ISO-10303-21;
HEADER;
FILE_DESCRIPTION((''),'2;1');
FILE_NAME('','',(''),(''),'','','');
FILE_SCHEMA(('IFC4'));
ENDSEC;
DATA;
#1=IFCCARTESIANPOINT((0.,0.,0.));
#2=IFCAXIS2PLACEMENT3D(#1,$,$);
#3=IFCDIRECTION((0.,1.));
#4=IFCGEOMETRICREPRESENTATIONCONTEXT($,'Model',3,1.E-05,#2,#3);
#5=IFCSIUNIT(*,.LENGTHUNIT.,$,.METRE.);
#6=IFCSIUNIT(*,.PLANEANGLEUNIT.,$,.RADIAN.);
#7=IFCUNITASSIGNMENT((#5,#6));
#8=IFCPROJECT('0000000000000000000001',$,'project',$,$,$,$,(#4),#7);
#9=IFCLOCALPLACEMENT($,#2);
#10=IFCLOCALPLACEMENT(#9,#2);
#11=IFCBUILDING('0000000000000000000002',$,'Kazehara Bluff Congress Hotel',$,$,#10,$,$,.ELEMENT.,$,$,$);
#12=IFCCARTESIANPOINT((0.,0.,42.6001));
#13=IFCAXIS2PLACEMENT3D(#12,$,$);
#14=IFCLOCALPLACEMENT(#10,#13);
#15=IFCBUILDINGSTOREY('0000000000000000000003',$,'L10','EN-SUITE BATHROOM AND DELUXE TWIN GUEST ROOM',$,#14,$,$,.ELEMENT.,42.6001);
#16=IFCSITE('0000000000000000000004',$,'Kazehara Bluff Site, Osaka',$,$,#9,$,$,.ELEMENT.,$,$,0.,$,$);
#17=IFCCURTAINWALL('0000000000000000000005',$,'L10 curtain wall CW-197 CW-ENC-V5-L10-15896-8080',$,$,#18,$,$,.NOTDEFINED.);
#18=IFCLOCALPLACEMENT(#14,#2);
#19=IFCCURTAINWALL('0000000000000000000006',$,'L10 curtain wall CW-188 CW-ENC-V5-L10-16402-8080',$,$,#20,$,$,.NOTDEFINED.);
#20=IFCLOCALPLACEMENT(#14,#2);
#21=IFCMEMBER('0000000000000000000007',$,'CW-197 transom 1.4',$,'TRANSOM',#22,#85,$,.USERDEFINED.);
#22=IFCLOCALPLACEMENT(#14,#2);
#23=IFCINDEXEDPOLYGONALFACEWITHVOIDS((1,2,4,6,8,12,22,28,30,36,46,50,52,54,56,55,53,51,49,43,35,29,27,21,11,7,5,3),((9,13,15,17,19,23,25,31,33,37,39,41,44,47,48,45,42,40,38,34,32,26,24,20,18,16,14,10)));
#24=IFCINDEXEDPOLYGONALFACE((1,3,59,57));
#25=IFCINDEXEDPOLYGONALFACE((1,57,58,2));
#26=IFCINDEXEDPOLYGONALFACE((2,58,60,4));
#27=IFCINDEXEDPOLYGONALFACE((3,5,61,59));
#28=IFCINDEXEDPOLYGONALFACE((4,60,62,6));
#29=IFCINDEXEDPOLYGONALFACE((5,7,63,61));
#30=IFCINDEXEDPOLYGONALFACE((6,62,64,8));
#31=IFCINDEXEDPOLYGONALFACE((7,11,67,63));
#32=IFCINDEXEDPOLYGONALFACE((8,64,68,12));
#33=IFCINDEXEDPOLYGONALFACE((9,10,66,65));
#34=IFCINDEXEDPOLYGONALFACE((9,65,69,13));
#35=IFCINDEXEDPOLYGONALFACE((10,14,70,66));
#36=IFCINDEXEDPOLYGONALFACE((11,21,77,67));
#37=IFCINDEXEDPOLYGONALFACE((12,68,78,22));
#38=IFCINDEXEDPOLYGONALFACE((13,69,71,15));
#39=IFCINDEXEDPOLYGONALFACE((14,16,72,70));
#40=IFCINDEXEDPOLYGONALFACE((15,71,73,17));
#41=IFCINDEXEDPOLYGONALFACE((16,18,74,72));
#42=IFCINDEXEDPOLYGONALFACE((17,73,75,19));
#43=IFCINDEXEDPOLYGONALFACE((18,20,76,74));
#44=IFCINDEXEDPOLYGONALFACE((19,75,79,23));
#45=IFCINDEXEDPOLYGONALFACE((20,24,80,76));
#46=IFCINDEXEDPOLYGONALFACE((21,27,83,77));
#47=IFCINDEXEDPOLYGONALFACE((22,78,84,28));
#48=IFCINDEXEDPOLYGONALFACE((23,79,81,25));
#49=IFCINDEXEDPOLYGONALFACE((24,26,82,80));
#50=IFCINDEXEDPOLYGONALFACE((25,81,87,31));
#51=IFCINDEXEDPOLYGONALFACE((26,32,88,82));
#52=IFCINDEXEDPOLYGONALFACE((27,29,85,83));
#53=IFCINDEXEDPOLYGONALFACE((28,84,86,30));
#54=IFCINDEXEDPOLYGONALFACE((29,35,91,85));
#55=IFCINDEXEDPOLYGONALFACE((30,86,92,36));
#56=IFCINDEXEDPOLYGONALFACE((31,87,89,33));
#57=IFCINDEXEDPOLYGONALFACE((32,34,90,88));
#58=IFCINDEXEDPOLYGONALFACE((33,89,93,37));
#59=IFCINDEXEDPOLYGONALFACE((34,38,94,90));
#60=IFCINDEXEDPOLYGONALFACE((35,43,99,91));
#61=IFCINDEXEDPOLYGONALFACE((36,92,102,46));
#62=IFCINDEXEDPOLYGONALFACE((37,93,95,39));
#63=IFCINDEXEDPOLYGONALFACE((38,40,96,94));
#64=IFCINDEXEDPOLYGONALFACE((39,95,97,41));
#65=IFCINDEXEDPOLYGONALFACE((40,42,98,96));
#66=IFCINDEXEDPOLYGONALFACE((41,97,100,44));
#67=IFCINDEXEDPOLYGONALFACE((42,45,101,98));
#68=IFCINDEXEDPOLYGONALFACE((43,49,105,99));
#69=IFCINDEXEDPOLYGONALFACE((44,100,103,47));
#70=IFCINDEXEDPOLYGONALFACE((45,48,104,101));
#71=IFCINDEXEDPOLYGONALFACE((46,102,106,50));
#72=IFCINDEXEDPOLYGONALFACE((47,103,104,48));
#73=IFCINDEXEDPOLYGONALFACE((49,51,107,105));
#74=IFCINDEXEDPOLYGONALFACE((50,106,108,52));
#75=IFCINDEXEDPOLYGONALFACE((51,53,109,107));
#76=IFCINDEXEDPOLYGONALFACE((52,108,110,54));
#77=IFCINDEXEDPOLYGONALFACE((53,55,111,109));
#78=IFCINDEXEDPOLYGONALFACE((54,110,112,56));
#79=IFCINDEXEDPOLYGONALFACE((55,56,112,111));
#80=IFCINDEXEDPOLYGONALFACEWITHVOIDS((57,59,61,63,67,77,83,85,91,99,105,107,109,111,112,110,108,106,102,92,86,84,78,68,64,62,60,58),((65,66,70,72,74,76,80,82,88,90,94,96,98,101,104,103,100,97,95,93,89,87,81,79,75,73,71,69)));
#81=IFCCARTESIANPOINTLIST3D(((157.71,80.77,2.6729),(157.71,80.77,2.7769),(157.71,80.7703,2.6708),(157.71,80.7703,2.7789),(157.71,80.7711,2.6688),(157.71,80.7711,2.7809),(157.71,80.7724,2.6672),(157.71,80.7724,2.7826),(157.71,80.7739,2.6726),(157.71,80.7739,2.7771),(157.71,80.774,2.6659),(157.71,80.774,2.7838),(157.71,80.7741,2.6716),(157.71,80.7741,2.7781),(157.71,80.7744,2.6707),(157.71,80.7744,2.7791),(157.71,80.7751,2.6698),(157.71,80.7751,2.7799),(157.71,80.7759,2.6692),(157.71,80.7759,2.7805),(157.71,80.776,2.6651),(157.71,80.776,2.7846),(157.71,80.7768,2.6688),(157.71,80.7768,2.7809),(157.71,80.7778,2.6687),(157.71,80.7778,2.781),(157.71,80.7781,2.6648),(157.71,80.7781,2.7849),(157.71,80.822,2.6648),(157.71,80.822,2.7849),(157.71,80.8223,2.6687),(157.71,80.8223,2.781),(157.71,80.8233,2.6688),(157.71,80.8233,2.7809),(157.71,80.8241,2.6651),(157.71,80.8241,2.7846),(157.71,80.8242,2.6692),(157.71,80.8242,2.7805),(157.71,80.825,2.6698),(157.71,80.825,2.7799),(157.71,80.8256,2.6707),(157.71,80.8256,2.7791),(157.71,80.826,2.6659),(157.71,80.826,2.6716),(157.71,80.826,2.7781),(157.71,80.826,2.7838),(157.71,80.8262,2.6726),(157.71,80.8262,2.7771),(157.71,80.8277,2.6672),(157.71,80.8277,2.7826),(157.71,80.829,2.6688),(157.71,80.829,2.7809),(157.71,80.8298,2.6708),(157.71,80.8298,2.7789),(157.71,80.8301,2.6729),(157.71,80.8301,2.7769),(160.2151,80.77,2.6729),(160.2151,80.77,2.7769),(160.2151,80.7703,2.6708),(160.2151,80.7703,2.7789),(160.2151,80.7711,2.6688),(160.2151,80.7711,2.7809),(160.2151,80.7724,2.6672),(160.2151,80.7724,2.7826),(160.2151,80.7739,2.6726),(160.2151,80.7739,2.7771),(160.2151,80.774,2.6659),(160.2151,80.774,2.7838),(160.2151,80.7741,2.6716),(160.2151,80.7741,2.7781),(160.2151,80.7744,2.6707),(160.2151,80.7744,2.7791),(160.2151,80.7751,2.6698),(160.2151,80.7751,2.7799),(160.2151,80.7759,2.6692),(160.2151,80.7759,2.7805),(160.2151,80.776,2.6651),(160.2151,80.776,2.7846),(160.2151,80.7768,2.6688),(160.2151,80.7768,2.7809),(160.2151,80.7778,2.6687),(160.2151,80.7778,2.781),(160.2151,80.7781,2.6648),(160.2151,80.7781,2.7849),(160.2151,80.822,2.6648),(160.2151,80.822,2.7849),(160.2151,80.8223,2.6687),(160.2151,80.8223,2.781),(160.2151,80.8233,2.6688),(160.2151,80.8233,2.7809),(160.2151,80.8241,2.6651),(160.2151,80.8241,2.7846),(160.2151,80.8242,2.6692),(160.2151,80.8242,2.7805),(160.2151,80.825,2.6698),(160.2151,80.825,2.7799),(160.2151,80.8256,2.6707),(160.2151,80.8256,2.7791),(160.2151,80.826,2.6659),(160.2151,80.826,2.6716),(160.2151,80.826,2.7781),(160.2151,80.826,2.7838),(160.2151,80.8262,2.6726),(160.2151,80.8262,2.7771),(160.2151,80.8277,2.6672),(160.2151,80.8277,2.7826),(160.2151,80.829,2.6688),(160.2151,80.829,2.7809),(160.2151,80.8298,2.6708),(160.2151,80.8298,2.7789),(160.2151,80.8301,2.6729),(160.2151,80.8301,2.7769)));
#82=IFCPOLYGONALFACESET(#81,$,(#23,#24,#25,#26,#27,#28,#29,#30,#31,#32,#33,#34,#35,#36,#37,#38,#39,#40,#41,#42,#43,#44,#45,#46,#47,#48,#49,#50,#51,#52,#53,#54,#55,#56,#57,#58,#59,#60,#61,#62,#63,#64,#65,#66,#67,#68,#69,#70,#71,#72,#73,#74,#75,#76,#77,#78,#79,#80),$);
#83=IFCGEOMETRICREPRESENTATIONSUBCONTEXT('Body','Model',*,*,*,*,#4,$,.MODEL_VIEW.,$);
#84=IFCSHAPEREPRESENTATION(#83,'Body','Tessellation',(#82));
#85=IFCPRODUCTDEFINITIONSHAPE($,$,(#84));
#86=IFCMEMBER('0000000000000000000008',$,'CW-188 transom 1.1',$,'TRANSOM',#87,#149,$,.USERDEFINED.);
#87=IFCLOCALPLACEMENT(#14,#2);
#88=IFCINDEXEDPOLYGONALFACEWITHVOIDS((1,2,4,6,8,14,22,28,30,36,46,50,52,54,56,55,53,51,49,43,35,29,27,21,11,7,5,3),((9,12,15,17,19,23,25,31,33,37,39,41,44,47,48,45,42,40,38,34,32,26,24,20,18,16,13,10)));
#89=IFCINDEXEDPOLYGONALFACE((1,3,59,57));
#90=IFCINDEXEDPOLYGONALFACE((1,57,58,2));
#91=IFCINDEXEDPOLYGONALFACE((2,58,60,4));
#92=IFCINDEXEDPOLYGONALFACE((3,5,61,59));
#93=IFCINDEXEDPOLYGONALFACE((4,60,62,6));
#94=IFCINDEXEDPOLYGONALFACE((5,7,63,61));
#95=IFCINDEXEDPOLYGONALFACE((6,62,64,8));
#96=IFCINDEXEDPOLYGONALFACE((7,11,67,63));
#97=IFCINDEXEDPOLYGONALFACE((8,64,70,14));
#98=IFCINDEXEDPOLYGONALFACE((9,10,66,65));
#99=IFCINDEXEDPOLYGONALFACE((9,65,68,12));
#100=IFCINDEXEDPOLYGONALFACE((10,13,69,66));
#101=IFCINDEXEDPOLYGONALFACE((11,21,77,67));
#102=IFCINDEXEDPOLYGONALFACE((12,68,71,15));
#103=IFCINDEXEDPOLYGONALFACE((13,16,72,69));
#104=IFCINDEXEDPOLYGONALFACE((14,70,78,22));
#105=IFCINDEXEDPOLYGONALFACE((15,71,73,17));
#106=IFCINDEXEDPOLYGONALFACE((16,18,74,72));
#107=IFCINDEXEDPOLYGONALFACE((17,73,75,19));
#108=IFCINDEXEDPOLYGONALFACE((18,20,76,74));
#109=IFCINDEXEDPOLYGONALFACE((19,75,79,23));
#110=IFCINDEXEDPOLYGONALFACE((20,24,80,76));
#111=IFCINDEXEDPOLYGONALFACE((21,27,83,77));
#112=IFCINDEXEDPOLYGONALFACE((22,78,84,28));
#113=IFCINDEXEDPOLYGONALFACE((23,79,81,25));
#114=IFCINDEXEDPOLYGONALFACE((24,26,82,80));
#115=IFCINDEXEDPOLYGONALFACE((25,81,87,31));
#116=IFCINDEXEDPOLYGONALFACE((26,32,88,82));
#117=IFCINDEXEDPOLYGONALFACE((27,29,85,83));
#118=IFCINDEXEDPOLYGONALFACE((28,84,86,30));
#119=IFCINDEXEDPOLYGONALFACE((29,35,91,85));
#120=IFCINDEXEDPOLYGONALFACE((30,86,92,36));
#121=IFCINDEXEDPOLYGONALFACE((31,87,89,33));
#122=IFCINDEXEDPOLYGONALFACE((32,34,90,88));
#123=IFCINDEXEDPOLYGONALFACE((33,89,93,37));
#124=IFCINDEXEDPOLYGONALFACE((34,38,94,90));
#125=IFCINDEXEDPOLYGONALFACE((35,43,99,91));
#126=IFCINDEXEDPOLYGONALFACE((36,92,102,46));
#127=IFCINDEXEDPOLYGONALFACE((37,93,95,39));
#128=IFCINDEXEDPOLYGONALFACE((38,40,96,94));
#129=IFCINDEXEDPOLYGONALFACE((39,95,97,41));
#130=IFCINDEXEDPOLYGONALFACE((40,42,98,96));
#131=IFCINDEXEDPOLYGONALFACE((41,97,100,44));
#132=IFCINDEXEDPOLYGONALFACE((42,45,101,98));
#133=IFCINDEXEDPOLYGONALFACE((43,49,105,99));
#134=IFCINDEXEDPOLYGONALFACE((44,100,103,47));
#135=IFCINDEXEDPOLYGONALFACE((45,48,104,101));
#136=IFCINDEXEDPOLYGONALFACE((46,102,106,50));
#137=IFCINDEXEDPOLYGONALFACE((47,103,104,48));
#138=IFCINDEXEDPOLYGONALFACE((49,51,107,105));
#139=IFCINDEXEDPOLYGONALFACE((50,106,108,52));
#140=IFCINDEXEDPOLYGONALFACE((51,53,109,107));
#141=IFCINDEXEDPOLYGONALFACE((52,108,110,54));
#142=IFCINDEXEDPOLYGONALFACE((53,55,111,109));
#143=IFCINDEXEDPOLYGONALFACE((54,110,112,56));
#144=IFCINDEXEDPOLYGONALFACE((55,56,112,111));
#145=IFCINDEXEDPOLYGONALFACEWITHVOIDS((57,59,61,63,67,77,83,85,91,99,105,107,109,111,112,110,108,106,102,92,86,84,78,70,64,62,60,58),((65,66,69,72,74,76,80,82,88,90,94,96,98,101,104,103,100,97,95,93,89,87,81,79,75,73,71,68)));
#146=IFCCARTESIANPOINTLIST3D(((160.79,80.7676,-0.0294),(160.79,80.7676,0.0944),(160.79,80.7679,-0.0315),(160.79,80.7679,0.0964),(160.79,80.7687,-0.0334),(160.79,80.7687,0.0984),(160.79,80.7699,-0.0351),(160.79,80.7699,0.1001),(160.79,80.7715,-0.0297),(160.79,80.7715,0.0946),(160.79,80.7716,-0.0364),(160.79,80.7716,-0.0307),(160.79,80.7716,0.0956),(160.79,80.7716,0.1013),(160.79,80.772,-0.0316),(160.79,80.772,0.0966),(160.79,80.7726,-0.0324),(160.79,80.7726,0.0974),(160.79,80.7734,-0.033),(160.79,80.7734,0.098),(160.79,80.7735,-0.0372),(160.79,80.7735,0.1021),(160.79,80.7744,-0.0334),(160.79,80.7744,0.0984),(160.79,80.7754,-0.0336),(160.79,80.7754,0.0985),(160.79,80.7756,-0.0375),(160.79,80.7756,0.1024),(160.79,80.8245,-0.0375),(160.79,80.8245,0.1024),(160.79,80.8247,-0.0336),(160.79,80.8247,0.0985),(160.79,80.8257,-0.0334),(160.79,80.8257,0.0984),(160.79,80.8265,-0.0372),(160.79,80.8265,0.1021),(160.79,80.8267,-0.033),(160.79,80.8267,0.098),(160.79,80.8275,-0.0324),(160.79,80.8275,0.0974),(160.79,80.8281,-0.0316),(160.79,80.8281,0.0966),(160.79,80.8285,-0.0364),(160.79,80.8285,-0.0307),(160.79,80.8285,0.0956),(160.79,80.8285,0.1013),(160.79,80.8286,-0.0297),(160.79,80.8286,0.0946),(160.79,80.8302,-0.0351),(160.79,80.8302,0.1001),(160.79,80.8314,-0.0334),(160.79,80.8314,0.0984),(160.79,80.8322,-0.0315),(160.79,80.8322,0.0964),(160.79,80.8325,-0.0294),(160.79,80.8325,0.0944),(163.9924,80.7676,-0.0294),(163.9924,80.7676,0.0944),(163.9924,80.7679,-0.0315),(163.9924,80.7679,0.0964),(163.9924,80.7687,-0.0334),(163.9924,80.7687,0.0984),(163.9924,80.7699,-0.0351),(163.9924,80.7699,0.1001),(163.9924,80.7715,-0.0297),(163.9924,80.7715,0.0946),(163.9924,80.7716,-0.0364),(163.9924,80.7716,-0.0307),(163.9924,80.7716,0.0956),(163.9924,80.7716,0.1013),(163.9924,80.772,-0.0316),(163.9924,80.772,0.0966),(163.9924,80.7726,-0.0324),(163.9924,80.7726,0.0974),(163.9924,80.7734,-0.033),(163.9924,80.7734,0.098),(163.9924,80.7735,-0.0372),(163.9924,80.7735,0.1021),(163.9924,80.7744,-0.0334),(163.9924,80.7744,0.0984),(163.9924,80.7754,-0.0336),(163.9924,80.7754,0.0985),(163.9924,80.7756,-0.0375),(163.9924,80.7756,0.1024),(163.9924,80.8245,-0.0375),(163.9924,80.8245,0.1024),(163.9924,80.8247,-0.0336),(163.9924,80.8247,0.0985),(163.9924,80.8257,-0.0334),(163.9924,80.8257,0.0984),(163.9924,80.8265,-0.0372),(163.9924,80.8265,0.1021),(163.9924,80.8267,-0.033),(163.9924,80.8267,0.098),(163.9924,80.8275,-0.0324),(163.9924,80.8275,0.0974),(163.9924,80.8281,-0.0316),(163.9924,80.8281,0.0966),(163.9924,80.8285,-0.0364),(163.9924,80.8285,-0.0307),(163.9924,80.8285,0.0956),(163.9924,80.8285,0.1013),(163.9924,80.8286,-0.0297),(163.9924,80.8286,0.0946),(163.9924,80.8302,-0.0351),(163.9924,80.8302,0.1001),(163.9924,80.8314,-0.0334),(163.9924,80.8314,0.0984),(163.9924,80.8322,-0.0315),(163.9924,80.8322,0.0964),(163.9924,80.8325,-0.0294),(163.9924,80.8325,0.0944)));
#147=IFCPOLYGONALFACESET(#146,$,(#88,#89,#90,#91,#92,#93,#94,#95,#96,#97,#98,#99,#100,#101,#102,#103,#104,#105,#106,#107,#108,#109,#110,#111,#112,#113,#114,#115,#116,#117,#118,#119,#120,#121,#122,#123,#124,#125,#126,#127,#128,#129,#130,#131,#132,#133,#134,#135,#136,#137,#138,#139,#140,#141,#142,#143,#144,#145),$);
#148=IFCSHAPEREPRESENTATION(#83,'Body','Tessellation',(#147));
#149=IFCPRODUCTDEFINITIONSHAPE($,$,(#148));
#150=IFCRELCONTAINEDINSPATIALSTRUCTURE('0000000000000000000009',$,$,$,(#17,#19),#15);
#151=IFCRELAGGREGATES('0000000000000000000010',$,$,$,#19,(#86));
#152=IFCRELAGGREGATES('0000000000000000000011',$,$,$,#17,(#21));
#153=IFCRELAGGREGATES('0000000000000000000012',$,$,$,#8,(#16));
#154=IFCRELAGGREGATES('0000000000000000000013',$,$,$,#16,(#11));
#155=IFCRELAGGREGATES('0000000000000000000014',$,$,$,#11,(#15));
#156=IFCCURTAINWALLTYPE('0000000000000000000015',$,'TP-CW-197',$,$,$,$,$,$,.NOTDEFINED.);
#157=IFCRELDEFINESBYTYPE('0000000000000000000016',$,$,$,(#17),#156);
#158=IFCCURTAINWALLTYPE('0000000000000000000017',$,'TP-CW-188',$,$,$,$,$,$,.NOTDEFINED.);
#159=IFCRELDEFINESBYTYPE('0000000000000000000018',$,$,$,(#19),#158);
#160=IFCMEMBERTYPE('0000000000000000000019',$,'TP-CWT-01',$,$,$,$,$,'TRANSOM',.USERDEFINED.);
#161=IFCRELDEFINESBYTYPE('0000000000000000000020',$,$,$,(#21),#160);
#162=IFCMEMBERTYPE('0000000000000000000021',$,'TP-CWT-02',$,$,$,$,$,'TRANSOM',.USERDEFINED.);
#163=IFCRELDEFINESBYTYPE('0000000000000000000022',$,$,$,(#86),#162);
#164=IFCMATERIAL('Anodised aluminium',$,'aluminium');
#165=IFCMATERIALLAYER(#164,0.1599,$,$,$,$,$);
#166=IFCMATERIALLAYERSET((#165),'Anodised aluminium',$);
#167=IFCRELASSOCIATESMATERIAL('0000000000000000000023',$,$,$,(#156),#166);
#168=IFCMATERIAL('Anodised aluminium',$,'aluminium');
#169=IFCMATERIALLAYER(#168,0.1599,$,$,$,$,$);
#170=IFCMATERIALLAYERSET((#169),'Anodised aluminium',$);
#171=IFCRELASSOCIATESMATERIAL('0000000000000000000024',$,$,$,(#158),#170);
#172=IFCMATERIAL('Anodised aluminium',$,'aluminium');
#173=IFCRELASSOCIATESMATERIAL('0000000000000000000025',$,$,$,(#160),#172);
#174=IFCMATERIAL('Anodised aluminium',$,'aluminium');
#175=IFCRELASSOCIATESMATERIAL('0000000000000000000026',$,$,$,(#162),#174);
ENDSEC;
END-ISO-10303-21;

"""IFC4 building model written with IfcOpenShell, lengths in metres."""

from ifc_helpers import new_model, si_unit, direction, frame, origin, origin_2d, place, context, subcontext, project, spatial, hollow_rectangle, extrude, material, layer, layer_set, material_profile, profile_set, type_object, element, aggregate, save


model = new_model("IFC4")

# Units and contexts
model_context = context("Model", 3, precision=1e-05, world=origin(), true_north=direction((0.0, 1.0)))
body_context = subcontext(model_context, "Body", "Model", "MODEL_VIEW")
ifc_project = project(units=[si_unit("LENGTHUNIT", "METRE"), si_unit("PLANEANGLEUNIT", "RADIAN")], contexts=[model_context])

# Site, building, storey
site_placement = place(None, origin())
site = spatial("IfcSite", under=ifc_project, at=site_placement, Name="Kazehara Bluff Site, Osaka", CompositionType="ELEMENT", RefElevation=0.0)
building_placement = place(site_placement, origin())
building = spatial("IfcBuilding", under=site, at=building_placement, Name="Kazehara Bluff Congress Hotel", CompositionType="ELEMENT")
storey_placement = place(building_placement, frame((0.0, 0.0, 42.6001)))
storey = spatial("IfcBuildingStorey", under=building, at=storey_placement, Name="L10", Description="EN-SUITE BATHROOM AND DELUXE TWIN GUEST ROOM", CompositionType="ELEMENT", Elevation=42.6001)

# Curtain wall
ifc_material_1 = material(Name="Anodised aluminium", Category="aluminium")
ifc_layer_1 = layer(ifc_material_1, 0.1599)
ifc_layer_set_1 = layer_set([ifc_layer_1], Name="Anodised aluminium")
curtain_wall_type_1 = type_object("IfcCurtainWallType", Name="TP-CW-197", PredefinedType="NOTDEFINED", material=ifc_layer_set_1)
curtain_wall_1_placement = place(storey_placement, origin())
curtain_wall_1 = element("IfcCurtainWall", 1, at=curtain_wall_1_placement, inside=storey, type_object=curtain_wall_type_1, Name="L10 curtain wall CW-197 CW-ENC-V5-L10-15896-8080", PredefinedType="NOTDEFINED")

# Curtain wall
ifc_material_2 = material(Name="Anodised aluminium", Category="aluminium")
ifc_layer_2 = layer(ifc_material_2, 0.1599)
ifc_layer_set_2 = layer_set([ifc_layer_2], Name="Anodised aluminium")
curtain_wall_type_2 = type_object("IfcCurtainWallType", Name="TP-CW-188", PredefinedType="NOTDEFINED", material=ifc_layer_set_2)
curtain_wall_2_placement = place(storey_placement, origin())
curtain_wall_2 = element("IfcCurtainWall", 2, at=curtain_wall_2_placement, inside=storey, type_object=curtain_wall_type_2, Name="L10 curtain wall CW-188 CW-ENC-V5-L10-16402-8080", PredefinedType="NOTDEFINED")

# Members
ifc_material_3 = material(Name="Anodised aluminium", Category="aluminium")
ifc_material_profile_1 = material_profile(ifc_material_3, hollow_rectangle(XDim=0.0601, YDim=0.1201, WallThickness=0.0039, InnerFilletRadius=0.0039, OuterFilletRadius=0.0081, at=origin_2d()))
ifc_profile_set_1 = profile_set([ifc_material_profile_1], Name="Anodised aluminium")
member_type_1 = type_object("IfcMemberType", Name="TP-CWT-01", ElementType="TRANSOM", PredefinedType="USERDEFINED", material=ifc_profile_set_1)
member_1_placement = place(storey_placement, frame((157.71, 80.8, 2.7249), z_axis=(1.0, 0.0, 0.0), x_axis=(0.0, 1.0, 0.0)))
member_1 = element("IfcMember", 3, at=member_1_placement, type_object=member_type_1, Name="CW-197 transom 1.4", ObjectType="TRANSOM", PredefinedType="USERDEFINED", context=body_context, shape_type="SweptSolid", body=[
    extrude(hollow_rectangle(XDim=0.0601, YDim=0.1201, WallThickness=0.0039, InnerFilletRadius=0.0039, OuterFilletRadius=0.0081, at=origin_2d()), origin(), (0.0, 0.0, 1.0), 2.5051),
])
ifc_material_4 = material(Name="Anodised aluminium", Category="aluminium")
ifc_material_profile_2 = material_profile(ifc_material_4, hollow_rectangle(XDim=0.0649, YDim=0.1399, WallThickness=0.0039, InnerFilletRadius=0.0039, OuterFilletRadius=0.0081, at=origin_2d()))
ifc_profile_set_2 = profile_set([ifc_material_profile_2], Name="Anodised aluminium")
member_type_2 = type_object("IfcMemberType", Name="TP-CWT-02", ElementType="TRANSOM", PredefinedType="USERDEFINED", material=ifc_profile_set_2)
member_2_placement = place(storey_placement, frame((160.79, 80.8, 0.0325), z_axis=(1.0, 0.0, 0.0), x_axis=(0.0, 1.0, 0.0)))
member_2 = element("IfcMember", 4, at=member_2_placement, type_object=member_type_2, Name="CW-188 transom 1.1", ObjectType="TRANSOM", PredefinedType="USERDEFINED", context=body_context, shape_type="SweptSolid", body=[
    extrude(hollow_rectangle(XDim=0.0649, YDim=0.1399, WallThickness=0.0039, InnerFilletRadius=0.0039, OuterFilletRadius=0.0081, at=origin_2d()), origin(), (0.0, 0.0, 1.0), 3.2024),
])

aggregate(curtain_wall_2, [member_2])
aggregate(curtain_wall_1, [member_1])

save(model, "model.ifc")
